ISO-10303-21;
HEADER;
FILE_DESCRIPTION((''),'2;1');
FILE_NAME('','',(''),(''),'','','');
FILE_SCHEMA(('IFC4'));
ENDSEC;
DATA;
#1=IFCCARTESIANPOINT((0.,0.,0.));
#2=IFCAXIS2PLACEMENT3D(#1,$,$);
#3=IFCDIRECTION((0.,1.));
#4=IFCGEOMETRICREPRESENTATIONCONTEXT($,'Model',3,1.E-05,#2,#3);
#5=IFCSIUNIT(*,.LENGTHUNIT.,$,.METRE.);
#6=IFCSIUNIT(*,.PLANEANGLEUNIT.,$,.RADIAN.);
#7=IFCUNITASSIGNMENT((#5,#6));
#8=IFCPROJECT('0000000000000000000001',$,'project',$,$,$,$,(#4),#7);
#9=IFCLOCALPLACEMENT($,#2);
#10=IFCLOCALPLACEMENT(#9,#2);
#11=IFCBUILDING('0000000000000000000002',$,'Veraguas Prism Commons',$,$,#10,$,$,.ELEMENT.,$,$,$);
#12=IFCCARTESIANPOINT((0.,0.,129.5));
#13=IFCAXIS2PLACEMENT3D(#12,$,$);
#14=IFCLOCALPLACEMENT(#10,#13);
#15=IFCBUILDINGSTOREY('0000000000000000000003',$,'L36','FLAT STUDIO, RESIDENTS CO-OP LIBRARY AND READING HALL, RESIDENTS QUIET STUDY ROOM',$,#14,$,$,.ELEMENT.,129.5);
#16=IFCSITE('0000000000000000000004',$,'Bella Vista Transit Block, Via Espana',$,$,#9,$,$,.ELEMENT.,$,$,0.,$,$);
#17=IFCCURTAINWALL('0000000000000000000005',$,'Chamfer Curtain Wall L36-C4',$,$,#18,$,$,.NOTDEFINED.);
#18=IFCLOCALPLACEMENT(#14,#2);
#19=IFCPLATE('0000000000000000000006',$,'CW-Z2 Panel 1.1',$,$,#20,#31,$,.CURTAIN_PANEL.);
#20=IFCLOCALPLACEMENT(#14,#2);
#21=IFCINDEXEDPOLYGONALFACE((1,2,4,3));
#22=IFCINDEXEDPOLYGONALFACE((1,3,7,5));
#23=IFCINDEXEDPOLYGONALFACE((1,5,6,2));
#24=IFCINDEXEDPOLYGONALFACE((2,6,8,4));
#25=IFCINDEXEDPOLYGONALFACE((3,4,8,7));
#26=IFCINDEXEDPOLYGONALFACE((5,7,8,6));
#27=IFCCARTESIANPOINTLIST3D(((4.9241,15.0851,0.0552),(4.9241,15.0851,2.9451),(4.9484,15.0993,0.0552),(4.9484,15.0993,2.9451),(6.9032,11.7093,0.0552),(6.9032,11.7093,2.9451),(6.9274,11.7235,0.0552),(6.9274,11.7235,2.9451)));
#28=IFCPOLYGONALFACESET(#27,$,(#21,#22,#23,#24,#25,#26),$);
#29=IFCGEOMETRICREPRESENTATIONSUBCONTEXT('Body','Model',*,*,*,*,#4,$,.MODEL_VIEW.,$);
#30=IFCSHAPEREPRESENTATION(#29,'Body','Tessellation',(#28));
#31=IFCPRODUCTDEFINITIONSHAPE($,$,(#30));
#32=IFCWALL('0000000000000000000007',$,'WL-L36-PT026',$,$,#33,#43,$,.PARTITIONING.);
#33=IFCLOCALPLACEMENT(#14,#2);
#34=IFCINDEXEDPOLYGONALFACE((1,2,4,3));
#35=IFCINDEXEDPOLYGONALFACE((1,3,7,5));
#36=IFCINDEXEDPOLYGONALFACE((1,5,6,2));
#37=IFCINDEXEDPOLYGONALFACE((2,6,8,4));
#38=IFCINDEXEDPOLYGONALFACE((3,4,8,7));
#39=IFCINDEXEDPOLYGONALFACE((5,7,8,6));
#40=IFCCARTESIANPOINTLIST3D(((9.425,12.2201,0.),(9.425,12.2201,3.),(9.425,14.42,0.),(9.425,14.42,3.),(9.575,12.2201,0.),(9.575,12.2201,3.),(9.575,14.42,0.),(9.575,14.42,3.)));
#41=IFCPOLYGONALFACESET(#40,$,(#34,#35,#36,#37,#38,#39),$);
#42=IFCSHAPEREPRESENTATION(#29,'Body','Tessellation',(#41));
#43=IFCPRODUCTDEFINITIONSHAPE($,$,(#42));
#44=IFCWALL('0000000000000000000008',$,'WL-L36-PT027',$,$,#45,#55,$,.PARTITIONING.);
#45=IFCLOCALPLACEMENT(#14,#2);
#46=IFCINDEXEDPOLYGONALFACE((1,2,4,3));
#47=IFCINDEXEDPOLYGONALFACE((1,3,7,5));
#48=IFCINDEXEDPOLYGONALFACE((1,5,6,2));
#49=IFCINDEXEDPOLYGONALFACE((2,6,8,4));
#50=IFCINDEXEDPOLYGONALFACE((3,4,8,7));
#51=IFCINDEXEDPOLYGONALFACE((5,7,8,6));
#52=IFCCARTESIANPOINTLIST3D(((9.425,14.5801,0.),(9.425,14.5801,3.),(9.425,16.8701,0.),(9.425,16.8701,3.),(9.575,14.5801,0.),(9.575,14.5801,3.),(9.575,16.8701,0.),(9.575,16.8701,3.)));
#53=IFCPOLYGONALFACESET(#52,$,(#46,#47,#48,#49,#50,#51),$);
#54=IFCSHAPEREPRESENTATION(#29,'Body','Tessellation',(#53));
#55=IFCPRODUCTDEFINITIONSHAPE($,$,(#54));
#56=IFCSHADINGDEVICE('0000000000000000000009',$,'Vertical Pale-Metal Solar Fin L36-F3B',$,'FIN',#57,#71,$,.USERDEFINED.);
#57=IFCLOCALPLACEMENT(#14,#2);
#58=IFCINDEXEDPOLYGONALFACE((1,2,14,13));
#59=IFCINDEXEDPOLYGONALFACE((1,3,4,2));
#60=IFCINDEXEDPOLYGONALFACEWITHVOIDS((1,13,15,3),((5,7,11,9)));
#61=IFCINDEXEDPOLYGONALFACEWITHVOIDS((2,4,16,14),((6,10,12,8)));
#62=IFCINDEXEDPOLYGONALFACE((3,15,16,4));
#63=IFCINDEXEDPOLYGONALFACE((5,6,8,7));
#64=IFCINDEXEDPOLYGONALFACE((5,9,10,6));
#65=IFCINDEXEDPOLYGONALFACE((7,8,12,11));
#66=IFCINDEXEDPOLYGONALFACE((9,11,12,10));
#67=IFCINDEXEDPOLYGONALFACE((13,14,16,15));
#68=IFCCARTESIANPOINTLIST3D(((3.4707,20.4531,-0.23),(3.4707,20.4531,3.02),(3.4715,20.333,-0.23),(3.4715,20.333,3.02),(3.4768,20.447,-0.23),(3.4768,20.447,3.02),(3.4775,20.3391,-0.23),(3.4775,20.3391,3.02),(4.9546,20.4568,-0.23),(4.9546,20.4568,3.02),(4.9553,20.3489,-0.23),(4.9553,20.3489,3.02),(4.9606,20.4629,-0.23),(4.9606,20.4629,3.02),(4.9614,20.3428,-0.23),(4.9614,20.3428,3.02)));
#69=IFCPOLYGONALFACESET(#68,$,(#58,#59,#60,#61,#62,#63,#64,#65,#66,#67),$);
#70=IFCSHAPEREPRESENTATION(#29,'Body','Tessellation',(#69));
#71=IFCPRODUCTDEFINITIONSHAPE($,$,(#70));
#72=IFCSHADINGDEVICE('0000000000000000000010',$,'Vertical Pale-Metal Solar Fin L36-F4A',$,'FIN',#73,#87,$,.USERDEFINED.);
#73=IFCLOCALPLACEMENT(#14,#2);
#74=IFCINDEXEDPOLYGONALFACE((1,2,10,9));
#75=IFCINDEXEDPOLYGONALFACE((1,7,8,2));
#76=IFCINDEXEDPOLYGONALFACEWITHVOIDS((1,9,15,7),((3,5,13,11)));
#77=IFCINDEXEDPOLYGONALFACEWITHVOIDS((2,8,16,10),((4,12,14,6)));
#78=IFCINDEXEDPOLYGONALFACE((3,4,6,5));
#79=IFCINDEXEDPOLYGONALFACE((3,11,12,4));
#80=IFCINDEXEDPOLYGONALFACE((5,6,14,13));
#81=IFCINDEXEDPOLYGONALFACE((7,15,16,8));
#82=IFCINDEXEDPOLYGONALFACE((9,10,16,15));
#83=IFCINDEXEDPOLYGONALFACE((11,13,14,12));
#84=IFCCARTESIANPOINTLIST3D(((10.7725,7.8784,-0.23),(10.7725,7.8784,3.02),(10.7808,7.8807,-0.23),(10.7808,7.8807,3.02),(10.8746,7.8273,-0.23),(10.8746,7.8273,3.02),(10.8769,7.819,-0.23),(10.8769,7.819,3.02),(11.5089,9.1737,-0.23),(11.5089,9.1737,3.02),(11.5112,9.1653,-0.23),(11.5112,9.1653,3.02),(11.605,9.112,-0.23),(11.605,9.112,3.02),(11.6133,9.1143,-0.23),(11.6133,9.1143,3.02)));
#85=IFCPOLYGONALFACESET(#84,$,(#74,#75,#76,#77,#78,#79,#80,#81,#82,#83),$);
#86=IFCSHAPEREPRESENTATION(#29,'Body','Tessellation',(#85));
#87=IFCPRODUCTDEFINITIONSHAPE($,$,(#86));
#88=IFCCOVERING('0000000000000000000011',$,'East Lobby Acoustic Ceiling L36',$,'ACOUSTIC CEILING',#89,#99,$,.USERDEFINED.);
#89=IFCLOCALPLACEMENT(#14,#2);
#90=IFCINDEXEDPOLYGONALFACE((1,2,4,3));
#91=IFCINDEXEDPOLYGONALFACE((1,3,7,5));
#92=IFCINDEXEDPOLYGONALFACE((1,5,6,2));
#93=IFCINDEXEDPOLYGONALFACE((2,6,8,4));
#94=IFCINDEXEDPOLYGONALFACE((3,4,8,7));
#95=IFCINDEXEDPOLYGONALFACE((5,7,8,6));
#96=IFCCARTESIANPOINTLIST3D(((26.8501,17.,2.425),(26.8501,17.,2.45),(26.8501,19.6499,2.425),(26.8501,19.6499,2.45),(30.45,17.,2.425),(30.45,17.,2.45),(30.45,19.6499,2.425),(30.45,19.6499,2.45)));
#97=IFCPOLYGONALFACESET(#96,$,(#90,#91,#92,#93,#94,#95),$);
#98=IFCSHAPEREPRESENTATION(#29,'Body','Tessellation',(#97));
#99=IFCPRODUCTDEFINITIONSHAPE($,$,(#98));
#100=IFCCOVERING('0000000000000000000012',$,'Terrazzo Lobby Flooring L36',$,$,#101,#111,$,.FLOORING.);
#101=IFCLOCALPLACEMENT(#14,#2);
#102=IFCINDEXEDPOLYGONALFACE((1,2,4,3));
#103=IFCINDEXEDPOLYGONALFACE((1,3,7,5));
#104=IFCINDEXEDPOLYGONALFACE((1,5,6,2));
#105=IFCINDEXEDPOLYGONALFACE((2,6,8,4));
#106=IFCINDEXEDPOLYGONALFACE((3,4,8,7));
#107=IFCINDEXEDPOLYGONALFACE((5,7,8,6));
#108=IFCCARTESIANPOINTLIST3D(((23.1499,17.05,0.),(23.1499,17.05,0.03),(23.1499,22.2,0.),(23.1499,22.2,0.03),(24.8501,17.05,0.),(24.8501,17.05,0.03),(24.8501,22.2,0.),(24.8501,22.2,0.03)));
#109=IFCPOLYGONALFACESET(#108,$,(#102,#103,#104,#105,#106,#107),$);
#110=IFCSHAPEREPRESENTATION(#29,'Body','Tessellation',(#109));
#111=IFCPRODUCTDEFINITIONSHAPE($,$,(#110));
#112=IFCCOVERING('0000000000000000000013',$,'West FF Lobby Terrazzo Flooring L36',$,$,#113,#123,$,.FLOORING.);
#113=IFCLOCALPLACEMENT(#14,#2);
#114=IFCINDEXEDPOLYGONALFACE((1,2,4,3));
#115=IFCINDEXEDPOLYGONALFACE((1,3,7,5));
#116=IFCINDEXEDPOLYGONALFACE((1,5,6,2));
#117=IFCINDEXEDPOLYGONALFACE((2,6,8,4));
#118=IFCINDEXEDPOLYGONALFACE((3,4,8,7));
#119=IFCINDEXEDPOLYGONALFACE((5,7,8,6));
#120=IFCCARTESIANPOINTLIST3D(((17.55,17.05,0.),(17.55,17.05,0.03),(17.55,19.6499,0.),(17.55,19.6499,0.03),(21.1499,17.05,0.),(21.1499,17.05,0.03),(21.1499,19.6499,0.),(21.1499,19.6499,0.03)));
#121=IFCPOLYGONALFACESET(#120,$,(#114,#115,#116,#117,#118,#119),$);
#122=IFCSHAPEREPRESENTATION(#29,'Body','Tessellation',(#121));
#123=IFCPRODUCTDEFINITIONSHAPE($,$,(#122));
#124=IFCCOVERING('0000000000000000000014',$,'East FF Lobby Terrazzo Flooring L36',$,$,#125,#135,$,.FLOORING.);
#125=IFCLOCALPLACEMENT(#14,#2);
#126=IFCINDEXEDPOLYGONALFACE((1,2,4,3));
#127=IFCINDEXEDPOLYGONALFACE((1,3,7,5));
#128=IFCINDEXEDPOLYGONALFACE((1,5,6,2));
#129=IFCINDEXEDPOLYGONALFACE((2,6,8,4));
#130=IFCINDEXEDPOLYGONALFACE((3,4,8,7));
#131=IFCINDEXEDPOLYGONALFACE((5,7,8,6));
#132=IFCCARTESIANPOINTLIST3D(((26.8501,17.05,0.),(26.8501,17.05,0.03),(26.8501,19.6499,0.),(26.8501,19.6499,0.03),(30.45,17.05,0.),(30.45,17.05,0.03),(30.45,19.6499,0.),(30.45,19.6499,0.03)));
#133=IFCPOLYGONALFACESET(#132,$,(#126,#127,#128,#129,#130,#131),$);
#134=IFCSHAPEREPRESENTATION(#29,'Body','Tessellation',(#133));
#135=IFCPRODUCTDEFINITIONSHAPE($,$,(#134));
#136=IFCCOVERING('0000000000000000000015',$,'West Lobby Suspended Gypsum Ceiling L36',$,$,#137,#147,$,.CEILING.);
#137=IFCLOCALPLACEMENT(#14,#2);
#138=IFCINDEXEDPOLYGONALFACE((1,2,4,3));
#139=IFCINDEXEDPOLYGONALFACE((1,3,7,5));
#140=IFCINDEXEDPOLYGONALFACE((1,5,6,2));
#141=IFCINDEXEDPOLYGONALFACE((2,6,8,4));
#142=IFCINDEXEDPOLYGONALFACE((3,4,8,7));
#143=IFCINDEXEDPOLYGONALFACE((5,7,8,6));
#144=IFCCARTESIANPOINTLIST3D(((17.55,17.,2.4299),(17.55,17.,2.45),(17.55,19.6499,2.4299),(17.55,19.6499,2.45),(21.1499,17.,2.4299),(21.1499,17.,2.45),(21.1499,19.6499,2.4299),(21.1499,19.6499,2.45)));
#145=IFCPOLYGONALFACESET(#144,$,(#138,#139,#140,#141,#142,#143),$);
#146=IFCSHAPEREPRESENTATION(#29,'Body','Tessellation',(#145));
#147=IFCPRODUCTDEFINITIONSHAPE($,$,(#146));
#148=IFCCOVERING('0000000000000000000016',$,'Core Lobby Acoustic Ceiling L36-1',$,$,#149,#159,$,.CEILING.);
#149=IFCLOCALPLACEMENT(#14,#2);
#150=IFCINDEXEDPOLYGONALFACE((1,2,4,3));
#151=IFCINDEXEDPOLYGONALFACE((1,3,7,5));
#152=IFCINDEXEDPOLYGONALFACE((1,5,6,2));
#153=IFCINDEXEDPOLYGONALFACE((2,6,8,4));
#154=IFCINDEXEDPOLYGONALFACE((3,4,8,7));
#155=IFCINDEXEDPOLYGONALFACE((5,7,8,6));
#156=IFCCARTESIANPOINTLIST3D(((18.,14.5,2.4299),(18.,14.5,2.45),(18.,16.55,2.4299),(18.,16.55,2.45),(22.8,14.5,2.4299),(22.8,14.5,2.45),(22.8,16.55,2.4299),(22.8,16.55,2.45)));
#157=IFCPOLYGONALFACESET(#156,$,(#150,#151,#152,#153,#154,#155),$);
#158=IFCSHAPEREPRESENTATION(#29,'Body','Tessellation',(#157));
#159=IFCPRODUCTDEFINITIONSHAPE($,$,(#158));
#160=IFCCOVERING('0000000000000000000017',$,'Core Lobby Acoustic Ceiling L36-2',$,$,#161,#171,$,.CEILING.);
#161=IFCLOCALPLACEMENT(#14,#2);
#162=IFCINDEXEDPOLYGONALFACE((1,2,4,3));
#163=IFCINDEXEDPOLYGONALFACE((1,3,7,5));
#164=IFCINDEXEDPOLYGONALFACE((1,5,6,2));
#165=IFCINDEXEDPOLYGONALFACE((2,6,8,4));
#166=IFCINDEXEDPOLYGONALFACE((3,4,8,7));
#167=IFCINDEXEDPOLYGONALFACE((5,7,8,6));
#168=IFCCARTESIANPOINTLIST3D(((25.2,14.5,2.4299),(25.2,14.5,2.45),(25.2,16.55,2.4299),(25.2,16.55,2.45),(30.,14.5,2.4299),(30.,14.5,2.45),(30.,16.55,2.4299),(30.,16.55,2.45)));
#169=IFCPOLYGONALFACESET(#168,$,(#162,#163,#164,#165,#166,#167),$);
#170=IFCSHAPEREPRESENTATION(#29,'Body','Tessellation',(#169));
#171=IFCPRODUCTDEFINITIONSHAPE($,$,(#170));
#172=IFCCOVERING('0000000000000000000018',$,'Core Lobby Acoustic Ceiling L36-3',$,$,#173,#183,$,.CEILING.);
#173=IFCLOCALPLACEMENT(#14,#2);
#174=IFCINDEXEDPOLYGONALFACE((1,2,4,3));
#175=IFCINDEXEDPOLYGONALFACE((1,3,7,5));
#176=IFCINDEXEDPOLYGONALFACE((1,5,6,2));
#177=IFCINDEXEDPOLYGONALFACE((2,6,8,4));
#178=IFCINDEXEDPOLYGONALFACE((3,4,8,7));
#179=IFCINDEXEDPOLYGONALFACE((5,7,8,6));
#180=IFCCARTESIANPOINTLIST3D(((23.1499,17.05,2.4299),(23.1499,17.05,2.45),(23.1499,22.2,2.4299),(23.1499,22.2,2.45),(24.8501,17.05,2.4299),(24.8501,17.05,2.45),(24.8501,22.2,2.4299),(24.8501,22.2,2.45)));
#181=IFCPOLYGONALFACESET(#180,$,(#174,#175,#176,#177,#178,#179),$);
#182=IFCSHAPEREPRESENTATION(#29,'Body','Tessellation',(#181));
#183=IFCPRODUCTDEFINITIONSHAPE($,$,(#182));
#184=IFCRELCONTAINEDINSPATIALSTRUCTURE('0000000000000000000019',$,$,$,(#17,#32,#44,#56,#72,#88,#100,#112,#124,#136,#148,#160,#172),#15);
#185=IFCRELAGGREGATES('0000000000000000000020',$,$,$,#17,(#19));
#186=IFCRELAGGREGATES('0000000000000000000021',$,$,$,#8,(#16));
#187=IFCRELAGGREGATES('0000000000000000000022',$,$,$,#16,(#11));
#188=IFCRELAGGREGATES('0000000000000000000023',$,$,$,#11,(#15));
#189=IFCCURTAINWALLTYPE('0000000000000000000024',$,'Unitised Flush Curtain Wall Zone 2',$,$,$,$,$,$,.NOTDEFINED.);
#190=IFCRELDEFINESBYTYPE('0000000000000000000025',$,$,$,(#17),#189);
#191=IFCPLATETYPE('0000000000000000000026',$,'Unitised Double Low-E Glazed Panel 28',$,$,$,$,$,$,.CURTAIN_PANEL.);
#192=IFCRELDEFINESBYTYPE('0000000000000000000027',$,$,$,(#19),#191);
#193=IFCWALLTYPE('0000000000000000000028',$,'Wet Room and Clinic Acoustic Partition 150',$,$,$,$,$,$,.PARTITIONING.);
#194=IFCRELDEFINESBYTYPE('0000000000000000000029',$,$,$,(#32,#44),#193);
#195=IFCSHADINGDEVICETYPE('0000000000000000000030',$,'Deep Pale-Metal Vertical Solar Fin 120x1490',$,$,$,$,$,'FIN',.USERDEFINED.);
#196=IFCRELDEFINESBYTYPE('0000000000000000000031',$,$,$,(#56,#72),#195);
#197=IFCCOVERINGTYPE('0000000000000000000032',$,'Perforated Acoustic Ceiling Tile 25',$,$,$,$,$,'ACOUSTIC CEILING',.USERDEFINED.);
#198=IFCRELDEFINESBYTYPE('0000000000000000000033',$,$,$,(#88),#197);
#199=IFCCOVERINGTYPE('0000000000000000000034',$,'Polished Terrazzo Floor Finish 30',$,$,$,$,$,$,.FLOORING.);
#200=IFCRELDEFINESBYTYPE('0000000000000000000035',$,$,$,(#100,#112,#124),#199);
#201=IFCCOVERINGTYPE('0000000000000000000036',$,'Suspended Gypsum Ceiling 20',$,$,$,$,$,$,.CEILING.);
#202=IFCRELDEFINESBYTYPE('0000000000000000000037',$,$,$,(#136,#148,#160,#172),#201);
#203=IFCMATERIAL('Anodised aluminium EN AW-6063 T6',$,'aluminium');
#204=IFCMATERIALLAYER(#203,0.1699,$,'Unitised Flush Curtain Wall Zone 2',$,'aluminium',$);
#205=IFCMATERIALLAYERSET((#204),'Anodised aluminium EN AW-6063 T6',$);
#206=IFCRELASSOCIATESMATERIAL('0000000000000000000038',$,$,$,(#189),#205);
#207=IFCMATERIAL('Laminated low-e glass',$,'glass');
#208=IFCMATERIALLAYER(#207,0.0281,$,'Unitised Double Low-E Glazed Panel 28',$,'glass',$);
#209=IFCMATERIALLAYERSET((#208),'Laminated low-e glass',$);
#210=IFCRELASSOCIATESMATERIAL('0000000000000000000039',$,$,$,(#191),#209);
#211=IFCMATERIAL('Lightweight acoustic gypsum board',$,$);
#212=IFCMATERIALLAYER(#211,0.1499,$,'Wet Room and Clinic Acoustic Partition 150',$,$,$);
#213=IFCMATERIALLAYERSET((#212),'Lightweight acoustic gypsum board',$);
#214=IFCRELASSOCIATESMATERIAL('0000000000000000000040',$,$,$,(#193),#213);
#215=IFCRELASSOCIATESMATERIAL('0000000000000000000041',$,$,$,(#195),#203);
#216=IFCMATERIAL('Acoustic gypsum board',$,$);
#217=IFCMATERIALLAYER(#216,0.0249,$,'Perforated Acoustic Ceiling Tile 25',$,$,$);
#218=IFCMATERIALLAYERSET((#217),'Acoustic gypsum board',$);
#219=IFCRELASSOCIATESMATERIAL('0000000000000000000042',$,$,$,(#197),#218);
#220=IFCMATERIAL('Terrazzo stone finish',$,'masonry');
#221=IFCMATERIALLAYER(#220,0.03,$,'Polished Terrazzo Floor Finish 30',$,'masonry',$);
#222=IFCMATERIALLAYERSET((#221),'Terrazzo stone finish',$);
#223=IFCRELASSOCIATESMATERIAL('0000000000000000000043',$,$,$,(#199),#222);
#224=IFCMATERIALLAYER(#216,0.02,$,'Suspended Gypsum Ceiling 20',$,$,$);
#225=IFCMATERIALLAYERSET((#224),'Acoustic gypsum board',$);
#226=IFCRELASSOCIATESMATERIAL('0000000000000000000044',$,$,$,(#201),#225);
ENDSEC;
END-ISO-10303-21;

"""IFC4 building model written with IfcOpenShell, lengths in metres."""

from ifc_helpers import new_model, si_unit, direction, frame, frame_2d, origin, origin_2d, place, context, subcontext, project, spatial, polyline, rectangle, hollow_rectangle, outline, extrude, source, transform, mapped, material, layer, layer_set, material_profile, profile_set, type_object, element, aggregate, save


model = new_model("IFC4")

# Units and contexts
model_context = context("Model", 3, precision=1e-05, world=origin(), true_north=direction((0.0, 1.0)))
body_context = subcontext(model_context, "Body", "Model", "MODEL_VIEW")
ifc_project = project(units=[si_unit("LENGTHUNIT", "METRE"), si_unit("PLANEANGLEUNIT", "RADIAN")], contexts=[model_context])

# Site, building, storey
site_placement = place(None, origin())
site = spatial("IfcSite", under=ifc_project, at=site_placement, Name="Bella Vista Transit Block, Via Espana", CompositionType="ELEMENT", RefElevation=0.0)
building_placement = place(site_placement, origin())
building = spatial("IfcBuilding", under=site, at=building_placement, Name="Veraguas Prism Commons", CompositionType="ELEMENT")
storey_placement = place(building_placement, frame((0.0, 0.0, 129.5)))
storey = spatial("IfcBuildingStorey", under=building, at=storey_placement, Name="L36", Description="FLAT STUDIO, RESIDENTS CO-OP LIBRARY AND READING HALL, RESIDENTS QUIET STUDY ROOM", CompositionType="ELEMENT", Elevation=129.5)

# Curtain wall
ifc_material_1 = material(Name="Anodised aluminium EN AW-6063 T6", Category="aluminium")
ifc_layer_1 = layer(ifc_material_1, 0.1699, Name="Unitised Flush Curtain Wall Zone 2", Category="aluminium")
ifc_layer_set_1 = layer_set([ifc_layer_1], Name="Anodised aluminium EN AW-6063 T6")
curtain_wall_type = type_object("IfcCurtainWallType", Name="Unitised Flush Curtain Wall Zone 2", PredefinedType="NOTDEFINED", material=ifc_layer_set_1)
curtain_wall_1_placement = place(storey_placement, origin())
curtain_wall_1 = element("IfcCurtainWall", 1, at=curtain_wall_1_placement, inside=storey, type_object=curtain_wall_type, Name="Chamfer Curtain Wall L36-C4", PredefinedType="NOTDEFINED")

# Plate
ifc_material_2 = material(Name="Laminated low-e glass", Category="glass")
ifc_layer_2 = layer(ifc_material_2, 0.0281, Name="Unitised Double Low-E Glazed Panel 28", Category="glass")
ifc_layer_set_2 = layer_set([ifc_layer_2], Name="Laminated low-e glass")
plate_type = type_object("IfcPlateType", Name="Unitised Double Low-E Glazed Panel 28", PredefinedType="CURTAIN_PANEL", material=ifc_layer_set_2)
shared_shape_1 = source(origin(), body_context, "Body", "SweptSolid", [
    extrude(rectangle(XDim=3.9131, YDim=0.0281, at=origin_2d()), origin(), (0.0, 0.0, 1.0), 2.8899),
])
plate_1_placement = place(storey_placement, frame((5.9258, 13.4043, 0.0552), z_axis=(0.0, 0.0, 1.0), x_axis=(0.505758, -0.862675, 0.0)))
plate_1 = element("IfcPlate", 2, at=plate_1_placement, type_object=plate_type, Name="CW-Z2 Panel 1.1", PredefinedType="CURTAIN_PANEL", context=body_context, shape_type="MappedRepresentation", body=[
    mapped(shared_shape_1, transform((0.0, 0.0, 0.0), scale=1.0)),
])
aggregate(curtain_wall_1, [plate_1])

# Walls
ifc_material_3 = material(Name="Lightweight acoustic gypsum board")
ifc_layer_3 = layer(ifc_material_3, 0.1499, Name="Wet Room and Clinic Acoustic Partition 150")
ifc_layer_set_3 = layer_set([ifc_layer_3], Name="Lightweight acoustic gypsum board")
wall_type = type_object("IfcWallType", Name="Wet Room and Clinic Acoustic Partition 150", PredefinedType="PARTITIONING", material=ifc_layer_set_3)
wall_1_placement = place(storey_placement, frame((9.5, 12.22, 0.0), z_axis=(0.0, 0.0, 1.0), x_axis=(0.0, 1.0, 0.0)))
element("IfcWall", 3, at=wall_1_placement, inside=storey, type_object=wall_type, Name="WL-L36-PT026", PredefinedType="PARTITIONING", context=body_context, shape_type="SweptSolid", body=[
    extrude(rectangle(XDim=2.2, YDim=0.1499, at=frame_2d((1.1001, 0.0))), origin(), (0.0, 0.0, 1.0), 3.0),
])
wall_2_placement = place(storey_placement, frame((9.5, 14.5801, 0.0), z_axis=(0.0, 0.0, 1.0), x_axis=(0.0, 1.0, 0.0)))
element("IfcWall", 4, at=wall_2_placement, inside=storey, type_object=wall_type, Name="WL-L36-PT027", PredefinedType="PARTITIONING", context=body_context, shape_type="SweptSolid", body=[
    extrude(rectangle(XDim=2.29, YDim=0.1499, at=frame_2d((1.145, 0.0))), origin(), (0.0, 0.0, 1.0), 3.0),
])

# Shading devices
ifc_material_profile_1 = material_profile(ifc_material_1, hollow_rectangle(XDim=0.1201, YDim=1.49, WallThickness=0.0061, at=origin_2d()), Name="FIN120X1490X6")
ifc_profile_set_1 = profile_set([ifc_material_profile_1], Name="Anodised aluminium EN AW-6063 T6")
shading_device_type = type_object("IfcShadingDeviceType", Name="Deep Pale-Metal Vertical Solar Fin 120x1490", ElementType="FIN", PredefinedType="USERDEFINED", material=ifc_profile_set_1)
for number, where, z_axis, x_axis, name in (
    (5, (4.2161, 20.3979, -0.23), (0.0, 0.0, 1.0), (0.006632, -0.999978, 0.0), "Vertical Pale-Metal Solar Fin L36-F3B"),
    (6, (11.1929, 8.4963, -0.23), (0.0, 0.0, 1.0), (0.869322, -0.494245, 0.0), "Vertical Pale-Metal Solar Fin L36-F4A"),
):
    element("IfcShadingDevice", number, at=place(storey_placement, frame(where, z_axis=z_axis, x_axis=x_axis)), inside=storey, type_object=shading_device_type, Name=name, ObjectType="FIN", PredefinedType="USERDEFINED", context=body_context, shape_type="SweptSolid", body=[
        extrude(hollow_rectangle(XDim=0.1201, YDim=1.49, WallThickness=0.0061, at=origin_2d()), origin(), (0.0, 0.0, 1.0), 3.25),
    ])

# Coverings
ifc_material_4 = material(Name="Acoustic gypsum board")
ifc_layer_4 = layer(ifc_material_4, 0.0249, Name="Perforated Acoustic Ceiling Tile 25")
ifc_layer_set_4 = layer_set([ifc_layer_4], Name="Acoustic gypsum board")
covering_type_1 = type_object("IfcCoveringType", Name="Perforated Acoustic Ceiling Tile 25", ElementType="ACOUSTIC CEILING", PredefinedType="USERDEFINED", material=ifc_layer_set_4)
covering_1_placement = place(storey_placement, frame((0.0, 0.0, 2.425)))
element("IfcCovering", 7, at=covering_1_placement, inside=storey, type_object=covering_type_1, Name="East Lobby Acoustic Ceiling L36", ObjectType="ACOUSTIC CEILING", PredefinedType="USERDEFINED", context=body_context, shape_type="SweptSolid", body=[
    extrude(outline(polyline([(26.8501, 17.0), (30.45, 17.0), (30.45, 19.6499), (26.8501, 19.6499), (26.8501, 17.0)])), origin(), (0.0, 0.0, 1.0), 0.0249),
])
ifc_material_5 = material(Name="Terrazzo stone finish", Category="masonry")
ifc_layer_5 = layer(ifc_material_5, 0.03, Name="Polished Terrazzo Floor Finish 30", Category="masonry")
ifc_layer_set_5 = layer_set([ifc_layer_5], Name="Terrazzo stone finish")
covering_type_2 = type_object("IfcCoveringType", Name="Polished Terrazzo Floor Finish 30", PredefinedType="FLOORING", material=ifc_layer_set_5)
covering_2_placement = place(storey_placement, origin())
element("IfcCovering", 8, at=covering_2_placement, inside=storey, type_object=covering_type_2, Name="Terrazzo Lobby Flooring L36", PredefinedType="FLOORING", context=body_context, shape_type="SweptSolid", body=[
    extrude(outline(polyline([(23.1499, 17.05), (24.8501, 17.05), (24.8501, 22.2), (23.1499, 22.2), (23.1499, 17.05)])), origin(), (0.0, 0.0, 1.0), 0.03),
])
covering_3_placement = place(storey_placement, origin())
element("IfcCovering", 9, at=covering_3_placement, inside=storey, type_object=covering_type_2, Name="West FF Lobby Terrazzo Flooring L36", PredefinedType="FLOORING", context=body_context, shape_type="SweptSolid", body=[
    extrude(outline(polyline([(17.55, 17.05), (21.1499, 17.05), (21.1499, 19.6499), (17.55, 19.6499), (17.55, 17.05)])), origin(), (0.0, 0.0, 1.0), 0.03),
])
covering_4_placement = place(storey_placement, origin())
element("IfcCovering", 10, at=covering_4_placement, inside=storey, type_object=covering_type_2, Name="East FF Lobby Terrazzo Flooring L36", PredefinedType="FLOORING", context=body_context, shape_type="SweptSolid", body=[
    extrude(outline(polyline([(26.8501, 17.05), (30.45, 17.05), (30.45, 19.6499), (26.8501, 19.6499), (26.8501, 17.05)])), origin(), (0.0, 0.0, 1.0), 0.03),
])
ifc_layer_6 = layer(ifc_material_4, 0.02, Name="Suspended Gypsum Ceiling 20")
ifc_layer_set_6 = layer_set([ifc_layer_6], Name="Acoustic gypsum board")
covering_type_3 = type_object("IfcCoveringType", Name="Suspended Gypsum Ceiling 20", PredefinedType="CEILING", material=ifc_layer_set_6)
covering_5_placement = place(storey_placement, frame((0.0, 0.0, 2.4299)))
element("IfcCovering", 11, at=covering_5_placement, inside=storey, type_object=covering_type_3, Name="West Lobby Suspended Gypsum Ceiling L36", PredefinedType="CEILING", context=body_context, shape_type="SweptSolid", body=[
    extrude(outline(polyline([(17.55, 17.0), (21.1499, 17.0), (21.1499, 19.6499), (17.55, 19.6499), (17.55, 17.0)])), origin(), (0.0, 0.0, 1.0), 0.02),
])
covering_6_placement = place(storey_placement, frame((0.0, 0.0, 2.4299)))
element("IfcCovering", 12, at=covering_6_placement, inside=storey, type_object=covering_type_3, Name="Core Lobby Acoustic Ceiling L36-1", PredefinedType="CEILING", context=body_context, shape_type="SweptSolid", body=[
    extrude(outline(polyline([(18.0, 14.5), (22.8, 14.5), (22.8, 16.55), (18.0, 16.55), (18.0, 14.5)])), origin(), (0.0, 0.0, 1.0), 0.02),
])
covering_7_placement = place(storey_placement, frame((0.0, 0.0, 2.4299)))
element("IfcCovering", 13, at=covering_7_placement, inside=storey, type_object=covering_type_3, Name="Core Lobby Acoustic Ceiling L36-2", PredefinedType="CEILING", context=body_context, shape_type="SweptSolid", body=[
    extrude(outline(polyline([(25.2, 14.5), (30.0, 14.5), (30.0, 16.55), (25.2, 16.55), (25.2, 14.5)])), origin(), (0.0, 0.0, 1.0), 0.02),
])
covering_8_placement = place(storey_placement, frame((0.0, 0.0, 2.4299)))
element("IfcCovering", 14, at=covering_8_placement, inside=storey, type_object=covering_type_3, Name="Core Lobby Acoustic Ceiling L36-3", PredefinedType="CEILING", context=body_context, shape_type="SweptSolid", body=[
    extrude(outline(polyline([(23.1499, 17.05), (24.8501, 17.05), (24.8501, 22.2), (23.1499, 22.2), (23.1499, 17.05)])), origin(), (0.0, 0.0, 1.0), 0.02),
])

save(model, "model.ifc")
